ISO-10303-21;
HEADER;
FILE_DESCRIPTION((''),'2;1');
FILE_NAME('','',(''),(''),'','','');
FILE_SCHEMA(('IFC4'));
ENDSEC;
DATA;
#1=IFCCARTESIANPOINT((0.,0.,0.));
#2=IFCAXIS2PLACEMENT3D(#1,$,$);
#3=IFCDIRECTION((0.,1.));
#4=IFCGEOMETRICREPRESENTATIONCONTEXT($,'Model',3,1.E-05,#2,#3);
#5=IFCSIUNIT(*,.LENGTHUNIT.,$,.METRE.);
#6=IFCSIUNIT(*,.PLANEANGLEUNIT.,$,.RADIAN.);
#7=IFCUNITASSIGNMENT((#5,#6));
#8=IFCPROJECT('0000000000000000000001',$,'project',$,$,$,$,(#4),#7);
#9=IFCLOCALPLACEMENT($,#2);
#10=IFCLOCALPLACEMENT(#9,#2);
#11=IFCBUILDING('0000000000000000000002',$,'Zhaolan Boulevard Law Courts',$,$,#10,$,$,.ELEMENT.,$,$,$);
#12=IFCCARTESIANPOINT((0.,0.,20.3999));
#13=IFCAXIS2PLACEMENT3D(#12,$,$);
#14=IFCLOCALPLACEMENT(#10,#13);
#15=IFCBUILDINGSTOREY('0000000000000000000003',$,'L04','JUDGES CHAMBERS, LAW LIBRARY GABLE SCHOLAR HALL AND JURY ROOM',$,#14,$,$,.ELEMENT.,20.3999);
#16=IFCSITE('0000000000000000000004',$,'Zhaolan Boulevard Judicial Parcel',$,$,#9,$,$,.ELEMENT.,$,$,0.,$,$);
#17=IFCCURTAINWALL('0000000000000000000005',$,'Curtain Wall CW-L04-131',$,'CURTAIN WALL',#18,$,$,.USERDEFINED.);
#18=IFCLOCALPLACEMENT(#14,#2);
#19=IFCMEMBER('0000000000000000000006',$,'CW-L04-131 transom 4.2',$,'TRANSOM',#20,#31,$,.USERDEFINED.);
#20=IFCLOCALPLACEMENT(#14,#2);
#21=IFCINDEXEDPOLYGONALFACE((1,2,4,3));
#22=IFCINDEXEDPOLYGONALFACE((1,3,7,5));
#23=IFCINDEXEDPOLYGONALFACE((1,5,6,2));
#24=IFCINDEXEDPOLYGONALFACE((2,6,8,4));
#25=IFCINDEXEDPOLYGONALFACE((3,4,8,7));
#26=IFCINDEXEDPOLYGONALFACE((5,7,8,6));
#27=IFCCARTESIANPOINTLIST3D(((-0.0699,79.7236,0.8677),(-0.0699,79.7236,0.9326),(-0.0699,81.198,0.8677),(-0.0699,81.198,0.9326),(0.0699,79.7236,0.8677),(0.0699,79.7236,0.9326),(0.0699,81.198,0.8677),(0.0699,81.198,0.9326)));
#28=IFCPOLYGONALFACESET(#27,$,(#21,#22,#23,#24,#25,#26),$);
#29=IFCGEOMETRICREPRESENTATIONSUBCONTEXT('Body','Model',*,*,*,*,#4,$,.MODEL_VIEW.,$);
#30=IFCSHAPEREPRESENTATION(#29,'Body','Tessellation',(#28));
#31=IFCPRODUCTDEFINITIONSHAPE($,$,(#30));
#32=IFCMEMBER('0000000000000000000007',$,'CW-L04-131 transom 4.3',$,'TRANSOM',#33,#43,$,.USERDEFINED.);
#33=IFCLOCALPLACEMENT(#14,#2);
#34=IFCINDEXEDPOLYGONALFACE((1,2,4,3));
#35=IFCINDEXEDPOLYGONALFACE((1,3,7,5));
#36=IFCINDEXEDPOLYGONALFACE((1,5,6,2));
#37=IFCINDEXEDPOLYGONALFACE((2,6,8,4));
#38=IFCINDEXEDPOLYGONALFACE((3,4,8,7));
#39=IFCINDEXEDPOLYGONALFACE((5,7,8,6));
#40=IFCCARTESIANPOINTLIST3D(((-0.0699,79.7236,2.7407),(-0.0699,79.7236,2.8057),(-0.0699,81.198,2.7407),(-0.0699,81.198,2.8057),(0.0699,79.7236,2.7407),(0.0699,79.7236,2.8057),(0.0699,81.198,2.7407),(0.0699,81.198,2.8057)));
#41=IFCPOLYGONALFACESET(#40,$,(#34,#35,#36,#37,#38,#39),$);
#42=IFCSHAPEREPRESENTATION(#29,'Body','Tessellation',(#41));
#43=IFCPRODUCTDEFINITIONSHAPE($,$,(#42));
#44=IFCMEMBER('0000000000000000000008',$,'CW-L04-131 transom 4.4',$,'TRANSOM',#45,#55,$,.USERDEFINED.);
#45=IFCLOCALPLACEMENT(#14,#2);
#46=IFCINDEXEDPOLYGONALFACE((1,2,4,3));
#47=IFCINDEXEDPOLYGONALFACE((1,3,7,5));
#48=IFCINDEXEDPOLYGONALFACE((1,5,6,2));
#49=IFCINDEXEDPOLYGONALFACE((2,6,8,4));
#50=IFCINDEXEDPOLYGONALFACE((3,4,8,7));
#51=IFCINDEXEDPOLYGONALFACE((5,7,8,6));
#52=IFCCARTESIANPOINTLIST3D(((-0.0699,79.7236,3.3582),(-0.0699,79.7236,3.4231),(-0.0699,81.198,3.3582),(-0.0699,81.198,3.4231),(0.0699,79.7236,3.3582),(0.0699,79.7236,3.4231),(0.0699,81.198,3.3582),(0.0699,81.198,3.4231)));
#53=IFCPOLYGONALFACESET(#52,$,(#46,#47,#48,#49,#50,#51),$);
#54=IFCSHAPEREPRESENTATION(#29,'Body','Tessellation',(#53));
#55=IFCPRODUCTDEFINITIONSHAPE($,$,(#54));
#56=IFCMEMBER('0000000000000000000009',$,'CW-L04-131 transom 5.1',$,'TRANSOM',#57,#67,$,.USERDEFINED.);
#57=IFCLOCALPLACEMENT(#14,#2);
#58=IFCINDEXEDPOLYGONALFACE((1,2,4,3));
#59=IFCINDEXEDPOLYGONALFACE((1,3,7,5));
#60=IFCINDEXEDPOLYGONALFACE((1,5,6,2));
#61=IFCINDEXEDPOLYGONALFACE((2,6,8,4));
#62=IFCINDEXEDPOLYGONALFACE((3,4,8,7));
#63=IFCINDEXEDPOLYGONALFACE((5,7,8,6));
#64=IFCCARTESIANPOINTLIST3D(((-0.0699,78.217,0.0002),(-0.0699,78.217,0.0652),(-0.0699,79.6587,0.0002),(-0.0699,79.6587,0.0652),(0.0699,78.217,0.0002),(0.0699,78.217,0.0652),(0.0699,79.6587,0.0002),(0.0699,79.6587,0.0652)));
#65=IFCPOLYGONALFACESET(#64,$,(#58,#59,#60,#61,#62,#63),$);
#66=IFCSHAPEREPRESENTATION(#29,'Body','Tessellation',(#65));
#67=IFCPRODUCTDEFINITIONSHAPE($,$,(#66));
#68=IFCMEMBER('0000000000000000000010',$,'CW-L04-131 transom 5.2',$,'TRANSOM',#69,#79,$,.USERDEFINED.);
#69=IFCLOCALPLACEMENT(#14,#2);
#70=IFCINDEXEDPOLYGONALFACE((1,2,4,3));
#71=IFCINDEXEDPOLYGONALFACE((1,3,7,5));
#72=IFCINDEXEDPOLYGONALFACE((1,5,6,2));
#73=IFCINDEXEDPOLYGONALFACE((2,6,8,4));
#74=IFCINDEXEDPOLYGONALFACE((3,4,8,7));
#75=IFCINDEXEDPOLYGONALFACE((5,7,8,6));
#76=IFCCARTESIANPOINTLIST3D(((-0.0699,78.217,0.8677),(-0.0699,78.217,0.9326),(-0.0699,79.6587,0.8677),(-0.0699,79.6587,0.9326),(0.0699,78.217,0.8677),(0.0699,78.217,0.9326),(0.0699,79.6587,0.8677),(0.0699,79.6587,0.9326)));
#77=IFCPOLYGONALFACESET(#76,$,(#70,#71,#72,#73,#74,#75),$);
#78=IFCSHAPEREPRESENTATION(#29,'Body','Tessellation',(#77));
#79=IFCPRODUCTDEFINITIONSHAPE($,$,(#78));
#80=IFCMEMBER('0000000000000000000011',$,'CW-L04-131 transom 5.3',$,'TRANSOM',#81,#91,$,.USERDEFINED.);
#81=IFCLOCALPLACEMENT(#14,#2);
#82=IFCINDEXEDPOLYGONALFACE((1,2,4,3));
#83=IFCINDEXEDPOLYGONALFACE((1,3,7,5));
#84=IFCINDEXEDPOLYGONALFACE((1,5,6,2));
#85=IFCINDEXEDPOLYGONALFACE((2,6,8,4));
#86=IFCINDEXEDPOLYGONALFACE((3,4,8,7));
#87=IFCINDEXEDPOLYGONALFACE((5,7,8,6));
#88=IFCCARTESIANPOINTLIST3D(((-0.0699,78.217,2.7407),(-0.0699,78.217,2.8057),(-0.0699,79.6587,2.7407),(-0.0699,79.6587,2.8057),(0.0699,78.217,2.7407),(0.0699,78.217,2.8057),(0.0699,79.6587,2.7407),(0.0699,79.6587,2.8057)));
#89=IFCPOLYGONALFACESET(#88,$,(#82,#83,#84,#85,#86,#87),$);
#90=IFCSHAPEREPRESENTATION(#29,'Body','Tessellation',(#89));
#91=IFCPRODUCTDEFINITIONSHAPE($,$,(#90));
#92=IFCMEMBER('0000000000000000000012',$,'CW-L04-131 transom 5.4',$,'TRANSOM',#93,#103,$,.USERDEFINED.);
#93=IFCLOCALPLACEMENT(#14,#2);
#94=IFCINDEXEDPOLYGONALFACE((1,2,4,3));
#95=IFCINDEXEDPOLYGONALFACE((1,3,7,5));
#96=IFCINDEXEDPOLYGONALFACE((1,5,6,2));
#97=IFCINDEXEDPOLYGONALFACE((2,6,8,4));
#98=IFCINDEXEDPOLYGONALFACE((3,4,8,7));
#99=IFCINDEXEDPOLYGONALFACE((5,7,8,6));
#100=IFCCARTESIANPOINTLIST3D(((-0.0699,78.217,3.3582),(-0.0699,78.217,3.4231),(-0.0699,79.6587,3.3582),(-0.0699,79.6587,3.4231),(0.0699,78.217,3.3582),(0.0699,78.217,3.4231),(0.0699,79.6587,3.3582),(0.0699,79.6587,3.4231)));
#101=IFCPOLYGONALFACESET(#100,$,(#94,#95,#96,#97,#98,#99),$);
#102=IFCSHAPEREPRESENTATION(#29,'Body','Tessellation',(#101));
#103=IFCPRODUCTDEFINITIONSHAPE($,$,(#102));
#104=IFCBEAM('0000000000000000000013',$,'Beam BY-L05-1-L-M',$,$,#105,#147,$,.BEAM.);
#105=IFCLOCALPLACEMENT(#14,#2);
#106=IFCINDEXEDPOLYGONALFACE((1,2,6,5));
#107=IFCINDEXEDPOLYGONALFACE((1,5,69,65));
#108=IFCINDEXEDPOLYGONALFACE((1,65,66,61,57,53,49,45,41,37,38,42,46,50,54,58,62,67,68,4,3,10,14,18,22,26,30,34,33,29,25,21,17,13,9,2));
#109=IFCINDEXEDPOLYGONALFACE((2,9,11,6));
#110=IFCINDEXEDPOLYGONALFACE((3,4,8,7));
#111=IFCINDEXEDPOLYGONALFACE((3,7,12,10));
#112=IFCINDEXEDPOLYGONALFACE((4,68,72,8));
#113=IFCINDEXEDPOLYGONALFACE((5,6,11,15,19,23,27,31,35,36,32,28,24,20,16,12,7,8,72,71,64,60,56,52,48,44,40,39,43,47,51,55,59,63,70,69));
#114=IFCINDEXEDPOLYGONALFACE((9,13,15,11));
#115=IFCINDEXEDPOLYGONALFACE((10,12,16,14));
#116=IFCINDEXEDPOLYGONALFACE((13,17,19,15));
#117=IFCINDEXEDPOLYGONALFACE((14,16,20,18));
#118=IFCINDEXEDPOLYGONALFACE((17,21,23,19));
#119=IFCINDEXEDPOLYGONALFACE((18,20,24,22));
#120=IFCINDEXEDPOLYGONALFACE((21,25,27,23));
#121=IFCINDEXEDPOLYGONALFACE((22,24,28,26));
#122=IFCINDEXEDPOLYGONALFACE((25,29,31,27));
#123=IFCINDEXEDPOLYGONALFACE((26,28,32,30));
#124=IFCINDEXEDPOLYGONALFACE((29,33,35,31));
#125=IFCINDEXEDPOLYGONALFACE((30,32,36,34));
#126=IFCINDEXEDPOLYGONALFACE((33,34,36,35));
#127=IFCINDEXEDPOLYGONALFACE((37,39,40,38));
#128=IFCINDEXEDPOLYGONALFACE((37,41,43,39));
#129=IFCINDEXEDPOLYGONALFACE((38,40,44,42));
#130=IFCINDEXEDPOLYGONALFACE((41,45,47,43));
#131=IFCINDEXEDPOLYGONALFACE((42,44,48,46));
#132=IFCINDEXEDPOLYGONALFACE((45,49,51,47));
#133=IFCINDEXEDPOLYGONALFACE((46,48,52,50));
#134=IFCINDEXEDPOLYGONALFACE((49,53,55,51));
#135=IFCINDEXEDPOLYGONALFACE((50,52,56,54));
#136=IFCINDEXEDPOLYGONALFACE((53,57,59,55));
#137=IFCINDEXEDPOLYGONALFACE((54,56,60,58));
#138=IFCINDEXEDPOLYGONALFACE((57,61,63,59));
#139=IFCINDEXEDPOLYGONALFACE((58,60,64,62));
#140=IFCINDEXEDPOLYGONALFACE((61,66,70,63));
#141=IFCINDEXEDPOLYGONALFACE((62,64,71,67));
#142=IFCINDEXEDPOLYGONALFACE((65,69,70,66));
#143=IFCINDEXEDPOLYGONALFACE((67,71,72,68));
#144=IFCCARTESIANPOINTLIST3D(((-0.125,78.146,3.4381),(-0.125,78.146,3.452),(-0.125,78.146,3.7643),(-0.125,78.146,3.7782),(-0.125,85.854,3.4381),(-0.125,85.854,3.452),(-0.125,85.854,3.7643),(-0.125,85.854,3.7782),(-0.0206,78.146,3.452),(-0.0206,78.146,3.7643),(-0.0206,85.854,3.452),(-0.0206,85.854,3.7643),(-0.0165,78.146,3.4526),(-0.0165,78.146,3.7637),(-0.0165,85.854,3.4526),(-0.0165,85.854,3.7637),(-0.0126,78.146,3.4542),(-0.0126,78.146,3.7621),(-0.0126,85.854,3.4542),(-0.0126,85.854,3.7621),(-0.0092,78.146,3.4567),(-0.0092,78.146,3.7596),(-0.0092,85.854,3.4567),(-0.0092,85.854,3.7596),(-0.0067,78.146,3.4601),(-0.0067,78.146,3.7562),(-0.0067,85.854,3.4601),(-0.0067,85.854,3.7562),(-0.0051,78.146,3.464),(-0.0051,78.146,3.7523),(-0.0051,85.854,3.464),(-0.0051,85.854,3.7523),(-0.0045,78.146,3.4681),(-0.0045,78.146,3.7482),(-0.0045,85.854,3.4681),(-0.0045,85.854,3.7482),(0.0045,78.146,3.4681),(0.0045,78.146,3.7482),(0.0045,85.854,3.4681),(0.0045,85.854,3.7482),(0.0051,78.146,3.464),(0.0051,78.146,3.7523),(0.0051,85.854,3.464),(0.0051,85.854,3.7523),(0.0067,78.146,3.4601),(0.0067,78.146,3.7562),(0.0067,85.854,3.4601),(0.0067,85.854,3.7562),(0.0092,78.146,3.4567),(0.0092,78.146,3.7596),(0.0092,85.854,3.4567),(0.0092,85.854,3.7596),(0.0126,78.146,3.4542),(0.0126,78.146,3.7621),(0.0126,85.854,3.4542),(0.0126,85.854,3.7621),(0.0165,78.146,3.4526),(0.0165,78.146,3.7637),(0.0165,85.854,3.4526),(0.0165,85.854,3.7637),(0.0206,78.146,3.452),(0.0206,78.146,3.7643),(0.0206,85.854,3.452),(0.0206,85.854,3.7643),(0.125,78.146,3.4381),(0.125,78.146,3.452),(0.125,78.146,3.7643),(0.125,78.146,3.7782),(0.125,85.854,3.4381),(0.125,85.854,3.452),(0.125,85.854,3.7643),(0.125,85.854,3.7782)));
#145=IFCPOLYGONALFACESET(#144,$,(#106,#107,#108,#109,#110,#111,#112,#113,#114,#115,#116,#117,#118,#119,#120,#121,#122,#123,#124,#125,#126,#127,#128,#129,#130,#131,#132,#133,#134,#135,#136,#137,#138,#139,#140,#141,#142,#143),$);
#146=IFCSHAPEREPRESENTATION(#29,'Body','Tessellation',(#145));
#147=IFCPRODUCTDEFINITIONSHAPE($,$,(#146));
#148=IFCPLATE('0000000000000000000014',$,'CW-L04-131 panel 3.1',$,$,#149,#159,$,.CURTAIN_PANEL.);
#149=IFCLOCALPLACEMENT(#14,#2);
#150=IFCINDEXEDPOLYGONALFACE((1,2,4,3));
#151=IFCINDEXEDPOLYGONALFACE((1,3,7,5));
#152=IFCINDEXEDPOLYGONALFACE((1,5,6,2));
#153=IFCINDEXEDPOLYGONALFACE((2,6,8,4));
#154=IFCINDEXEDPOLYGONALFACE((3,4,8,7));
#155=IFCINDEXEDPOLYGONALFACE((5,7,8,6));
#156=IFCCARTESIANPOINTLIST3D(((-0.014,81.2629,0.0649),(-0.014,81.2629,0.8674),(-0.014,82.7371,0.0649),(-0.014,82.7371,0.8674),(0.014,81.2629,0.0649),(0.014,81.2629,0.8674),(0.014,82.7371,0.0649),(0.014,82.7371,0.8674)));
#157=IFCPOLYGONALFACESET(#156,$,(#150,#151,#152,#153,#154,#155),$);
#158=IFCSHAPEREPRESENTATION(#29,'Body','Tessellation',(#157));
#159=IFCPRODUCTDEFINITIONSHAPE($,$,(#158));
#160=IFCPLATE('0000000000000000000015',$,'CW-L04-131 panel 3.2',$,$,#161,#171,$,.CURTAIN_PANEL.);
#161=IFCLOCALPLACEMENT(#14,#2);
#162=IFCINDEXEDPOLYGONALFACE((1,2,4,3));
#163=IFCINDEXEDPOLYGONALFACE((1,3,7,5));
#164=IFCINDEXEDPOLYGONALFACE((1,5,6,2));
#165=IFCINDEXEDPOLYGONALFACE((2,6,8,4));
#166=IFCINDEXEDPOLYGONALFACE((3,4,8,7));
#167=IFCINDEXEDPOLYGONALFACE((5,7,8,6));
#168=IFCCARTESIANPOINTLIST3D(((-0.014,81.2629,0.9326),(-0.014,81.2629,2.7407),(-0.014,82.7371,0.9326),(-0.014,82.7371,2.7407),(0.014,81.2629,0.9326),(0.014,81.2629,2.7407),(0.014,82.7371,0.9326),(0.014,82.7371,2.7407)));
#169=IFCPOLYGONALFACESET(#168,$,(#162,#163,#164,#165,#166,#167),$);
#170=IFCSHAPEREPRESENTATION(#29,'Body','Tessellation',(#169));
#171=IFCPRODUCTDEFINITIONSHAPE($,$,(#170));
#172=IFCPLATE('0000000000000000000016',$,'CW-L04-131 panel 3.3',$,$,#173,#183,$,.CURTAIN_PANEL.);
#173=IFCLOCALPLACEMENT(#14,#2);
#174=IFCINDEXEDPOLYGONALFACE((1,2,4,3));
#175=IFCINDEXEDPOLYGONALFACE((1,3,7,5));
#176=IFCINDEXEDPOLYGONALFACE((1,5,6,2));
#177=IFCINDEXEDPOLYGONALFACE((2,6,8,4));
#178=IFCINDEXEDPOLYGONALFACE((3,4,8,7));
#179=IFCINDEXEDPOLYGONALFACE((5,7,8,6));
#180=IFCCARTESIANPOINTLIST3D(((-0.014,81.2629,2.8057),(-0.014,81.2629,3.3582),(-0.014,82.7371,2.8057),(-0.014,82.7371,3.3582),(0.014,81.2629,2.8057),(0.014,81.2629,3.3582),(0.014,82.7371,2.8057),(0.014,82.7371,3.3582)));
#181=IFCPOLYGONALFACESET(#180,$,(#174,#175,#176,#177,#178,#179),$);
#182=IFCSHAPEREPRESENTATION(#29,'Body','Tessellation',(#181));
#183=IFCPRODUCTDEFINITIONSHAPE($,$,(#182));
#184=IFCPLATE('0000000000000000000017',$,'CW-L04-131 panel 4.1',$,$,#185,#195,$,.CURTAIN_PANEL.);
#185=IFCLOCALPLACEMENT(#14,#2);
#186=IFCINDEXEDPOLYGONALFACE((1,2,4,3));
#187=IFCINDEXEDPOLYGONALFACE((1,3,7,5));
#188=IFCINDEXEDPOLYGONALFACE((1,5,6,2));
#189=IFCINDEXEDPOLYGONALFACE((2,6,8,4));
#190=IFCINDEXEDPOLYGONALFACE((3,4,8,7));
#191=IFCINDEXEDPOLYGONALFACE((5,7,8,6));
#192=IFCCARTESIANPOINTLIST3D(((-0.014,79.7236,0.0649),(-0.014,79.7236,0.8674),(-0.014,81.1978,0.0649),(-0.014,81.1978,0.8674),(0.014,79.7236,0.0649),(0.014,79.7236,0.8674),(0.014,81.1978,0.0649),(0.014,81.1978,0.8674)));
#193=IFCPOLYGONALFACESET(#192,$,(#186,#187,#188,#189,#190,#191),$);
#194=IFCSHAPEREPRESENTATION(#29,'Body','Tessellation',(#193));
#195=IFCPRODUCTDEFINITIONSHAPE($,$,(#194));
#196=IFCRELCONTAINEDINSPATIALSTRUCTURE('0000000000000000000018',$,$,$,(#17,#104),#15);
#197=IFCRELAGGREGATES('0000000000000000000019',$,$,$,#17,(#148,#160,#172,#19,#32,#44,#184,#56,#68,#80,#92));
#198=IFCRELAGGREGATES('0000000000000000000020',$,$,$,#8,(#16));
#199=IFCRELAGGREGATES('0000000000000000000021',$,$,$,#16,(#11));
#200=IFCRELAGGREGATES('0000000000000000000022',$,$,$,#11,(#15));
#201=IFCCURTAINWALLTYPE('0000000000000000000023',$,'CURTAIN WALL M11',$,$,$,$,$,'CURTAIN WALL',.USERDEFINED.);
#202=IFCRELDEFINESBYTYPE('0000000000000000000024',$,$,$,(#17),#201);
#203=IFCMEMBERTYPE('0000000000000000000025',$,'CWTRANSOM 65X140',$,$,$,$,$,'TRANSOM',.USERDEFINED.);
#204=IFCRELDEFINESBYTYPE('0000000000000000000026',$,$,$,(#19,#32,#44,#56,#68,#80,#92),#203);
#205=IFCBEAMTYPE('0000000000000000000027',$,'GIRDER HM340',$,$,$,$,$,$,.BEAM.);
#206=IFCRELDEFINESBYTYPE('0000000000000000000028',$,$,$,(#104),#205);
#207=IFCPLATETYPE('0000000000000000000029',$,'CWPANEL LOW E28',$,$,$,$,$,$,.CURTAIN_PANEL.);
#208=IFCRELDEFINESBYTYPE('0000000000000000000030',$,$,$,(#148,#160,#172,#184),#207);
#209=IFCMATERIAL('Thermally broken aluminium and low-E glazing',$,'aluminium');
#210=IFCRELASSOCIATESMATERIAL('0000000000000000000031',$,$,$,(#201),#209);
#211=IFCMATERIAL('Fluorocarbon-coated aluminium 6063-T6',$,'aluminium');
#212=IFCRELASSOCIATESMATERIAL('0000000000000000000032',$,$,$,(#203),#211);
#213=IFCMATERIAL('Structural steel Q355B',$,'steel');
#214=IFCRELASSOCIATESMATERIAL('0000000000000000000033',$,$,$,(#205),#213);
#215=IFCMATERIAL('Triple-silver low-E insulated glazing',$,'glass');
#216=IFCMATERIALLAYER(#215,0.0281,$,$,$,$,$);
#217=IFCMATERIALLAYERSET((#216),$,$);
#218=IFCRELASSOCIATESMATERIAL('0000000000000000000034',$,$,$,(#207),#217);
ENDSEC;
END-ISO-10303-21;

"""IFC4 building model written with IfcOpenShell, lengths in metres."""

from ifc_helpers import new_model, si_unit, direction, frame, origin, origin_2d, place, context, subcontext, project, spatial, rectangle, i_section, extrude, material, layer, layer_set, material_profile, profile_set, type_object, element, aggregate, save


model = new_model("IFC4")

# Units and contexts
model_context = context("Model", 3, precision=1e-05, world=origin(), true_north=direction((0.0, 1.0)))
body_context = subcontext(model_context, "Body", "Model", "MODEL_VIEW")
ifc_project = project(units=[si_unit("LENGTHUNIT", "METRE"), si_unit("PLANEANGLEUNIT", "RADIAN")], contexts=[model_context])

# Site, building, storey
site_placement = place(None, origin())
site = spatial("IfcSite", under=ifc_project, at=site_placement, Name="Zhaolan Boulevard Judicial Parcel", CompositionType="ELEMENT", RefElevation=0.0)
building_placement = place(site_placement, origin())
building = spatial("IfcBuilding", under=site, at=building_placement, Name="Zhaolan Boulevard Law Courts", CompositionType="ELEMENT")
storey_placement = place(building_placement, frame((0.0, 0.0, 20.3999)))
storey = spatial("IfcBuildingStorey", under=building, at=storey_placement, Name="L04", Description="JUDGES CHAMBERS, LAW LIBRARY GABLE SCHOLAR HALL AND JURY ROOM", CompositionType="ELEMENT", Elevation=20.3999)

# Curtain wall
ifc_material_1 = material(Name="Thermally broken aluminium and low-E glazing", Category="aluminium")
curtain_wall_type_1 = type_object("IfcCurtainWallType", Name="CURTAIN WALL M11", ElementType="CURTAIN WALL", PredefinedType="USERDEFINED", material=ifc_material_1)
curtain_wall_1_placement = place(storey_placement, origin())
curtain_wall_1 = element("IfcCurtainWall", 1, at=curtain_wall_1_placement, inside=storey, type_object=curtain_wall_type_1, Name="Curtain Wall CW-L04-131", ObjectType="CURTAIN WALL", PredefinedType="USERDEFINED")

# Members
ifc_material_2 = material(Name="Fluorocarbon-coated aluminium 6063-T6", Category="aluminium")
ifc_material_profile_1 = material_profile(ifc_material_2, rectangle(XDim=0.1399, YDim=0.0649, at=origin_2d()), Name="AL65x140")
ifc_profile_set_1 = profile_set([ifc_material_profile_1], Name="Fluorocarbon-coated aluminium 6063-T6")
member_type_1 = type_object("IfcMemberType", Name="CWTRANSOM 65X140", ElementType="TRANSOM", PredefinedType="USERDEFINED", material=ifc_profile_set_1)
member_1_placement = place(storey_placement, frame((0.0, 81.198, 0.9001), z_axis=(0.0, -1.0, 0.0), x_axis=(1.0, 0.0, 0.0)))
member_1 = element("IfcMember", 2, at=member_1_placement, type_object=member_type_1, Name="CW-L04-131 transom 4.2", ObjectType="TRANSOM", PredefinedType="USERDEFINED", context=body_context, shape_type="SweptSolid", body=[
    extrude(rectangle(XDim=0.1399, YDim=0.0649, at=origin_2d()), origin(), (0.0, 0.0, 1.0), 1.4744),
])
member_2_placement = place(storey_placement, frame((0.0, 81.198, 2.7732), z_axis=(0.0, -1.0, 0.0), x_axis=(1.0, 0.0, 0.0)))
member_2 = element("IfcMember", 3, at=member_2_placement, type_object=member_type_1, Name="CW-L04-131 transom 4.3", ObjectType="TRANSOM", PredefinedType="USERDEFINED", context=body_context, shape_type="SweptSolid", body=[
    extrude(rectangle(XDim=0.1399, YDim=0.0649, at=origin_2d()), origin(), (0.0, 0.0, 1.0), 1.4744),
])
member_3_placement = place(storey_placement, frame((0.0, 81.198, 3.3906), z_axis=(0.0, -1.0, 0.0), x_axis=(1.0, 0.0, 0.0)))
member_3 = element("IfcMember", 4, at=member_3_placement, type_object=member_type_1, Name="CW-L04-131 transom 4.4", ObjectType="TRANSOM", PredefinedType="USERDEFINED", context=body_context, shape_type="SweptSolid", body=[
    extrude(rectangle(XDim=0.1399, YDim=0.0649, at=origin_2d()), origin(), (0.0, 0.0, 1.0), 1.4744),
])
member_4_placement = place(storey_placement, frame((0.0, 79.6587, 0.0327), z_axis=(0.0, -1.0, 0.0), x_axis=(1.0, 0.0, 0.0)))
member_4 = element("IfcMember", 5, at=member_4_placement, type_object=member_type_1, Name="CW-L04-131 transom 5.1", ObjectType="TRANSOM", PredefinedType="USERDEFINED", context=body_context, shape_type="SweptSolid", body=[
    extrude(rectangle(XDim=0.1399, YDim=0.0649, at=origin_2d()), origin(), (0.0, 0.0, 1.0), 1.4417),
])
member_5_placement = place(storey_placement, frame((0.0, 79.6587, 0.9001), z_axis=(0.0, -1.0, 0.0), x_axis=(1.0, 0.0, 0.0)))
member_5 = element("IfcMember", 6, at=member_5_placement, type_object=member_type_1, Name="CW-L04-131 transom 5.2", ObjectType="TRANSOM", PredefinedType="USERDEFINED", context=body_context, shape_type="SweptSolid", body=[
    extrude(rectangle(XDim=0.1399, YDim=0.0649, at=origin_2d()), origin(), (0.0, 0.0, 1.0), 1.4417),
])
member_6_placement = place(storey_placement, frame((0.0, 79.6587, 2.7732), z_axis=(0.0, -1.0, 0.0), x_axis=(1.0, 0.0, 0.0)))
member_6 = element("IfcMember", 7, at=member_6_placement, type_object=member_type_1, Name="CW-L04-131 transom 5.3", ObjectType="TRANSOM", PredefinedType="USERDEFINED", context=body_context, shape_type="SweptSolid", body=[
    extrude(rectangle(XDim=0.1399, YDim=0.0649, at=origin_2d()), origin(), (0.0, 0.0, 1.0), 1.4417),
])
member_7_placement = place(storey_placement, frame((0.0, 79.6587, 3.3906), z_axis=(0.0, -1.0, 0.0), x_axis=(1.0, 0.0, 0.0)))
member_7 = element("IfcMember", 8, at=member_7_placement, type_object=member_type_1, Name="CW-L04-131 transom 5.4", ObjectType="TRANSOM", PredefinedType="USERDEFINED", context=body_context, shape_type="SweptSolid", body=[
    extrude(rectangle(XDim=0.1399, YDim=0.0649, at=origin_2d()), origin(), (0.0, 0.0, 1.0), 1.4417),
])

# Beam
ifc_material_3 = material(Name="Structural steel Q355B", Category="steel")
ifc_material_profile_2 = material_profile(ifc_material_3, i_section(OverallWidth=0.25, OverallDepth=0.3401, WebThickness=0.009, FlangeThickness=0.0139, FilletRadius=0.0161, at=origin_2d()), Name="HM340x250")
ifc_profile_set_2 = profile_set([ifc_material_profile_2], Name="Structural steel Q355B")
beam_type = type_object("IfcBeamType", Name="GIRDER HM340", PredefinedType="BEAM", material=ifc_profile_set_2)
beam_placement = place(storey_placement, frame((0.0, 78.146, 3.6082), z_axis=(0.0, 1.0, 0.0), x_axis=(-1.0, 0.0, 0.0)))
element("IfcBeam", 9, at=beam_placement, inside=storey, type_object=beam_type, Name="Beam BY-L05-1-L-M", PredefinedType="BEAM", context=body_context, shape_type="SweptSolid", body=[
    extrude(i_section(OverallWidth=0.25, OverallDepth=0.3401, WebThickness=0.009, FlangeThickness=0.0139, FilletRadius=0.0161, at=origin_2d()), origin(), (0.0, 0.0, 1.0), 7.708),
])

# Plates
ifc_material_4 = material(Name="Triple-silver low-E insulated glazing", Category="glass")
ifc_layer_1 = layer(ifc_material_4, 0.0281)
ifc_layer_set_1 = layer_set([ifc_layer_1])
plate_type = type_object("IfcPlateType", Name="CWPANEL LOW E28", PredefinedType="CURTAIN_PANEL", material=ifc_layer_set_1)
plate_1_placement = place(storey_placement, frame((0.0, 82.0, 0.0649), z_axis=(0.0, 0.0, 1.0), x_axis=(0.0, -1.0, 0.0)))
plate_1 = element("IfcPlate", 10, at=plate_1_placement, type_object=plate_type, Name="CW-L04-131 panel 3.1", PredefinedType="CURTAIN_PANEL", context=body_context, shape_type="SweptSolid", body=[
    extrude(rectangle(XDim=1.4741, YDim=0.0281, at=origin_2d()), origin(), (0.0, 0.0, 1.0), 0.8025),
])
plate_2_placement = place(storey_placement, frame((0.0, 82.0, 0.9326), z_axis=(0.0, 0.0, 1.0), x_axis=(0.0, -1.0, 0.0)))
plate_2 = element("IfcPlate", 11, at=plate_2_placement, type_object=plate_type, Name="CW-L04-131 panel 3.2", PredefinedType="CURTAIN_PANEL", context=body_context, shape_type="SweptSolid", body=[
    extrude(rectangle(XDim=1.4741, YDim=0.0281, at=origin_2d()), origin(), (0.0, 0.0, 1.0), 1.8081),
])
plate_3_placement = place(storey_placement, frame((0.0, 82.0, 2.8057), z_axis=(0.0, 0.0, 1.0), x_axis=(0.0, -1.0, 0.0)))
plate_3 = element("IfcPlate", 12, at=plate_3_placement, type_object=plate_type, Name="CW-L04-131 panel 3.3", PredefinedType="CURTAIN_PANEL", context=body_context, shape_type="SweptSolid", body=[
    extrude(rectangle(XDim=1.4741, YDim=0.0281, at=origin_2d()), origin(), (0.0, 0.0, 1.0), 0.5525),
])
plate_4_placement = place(storey_placement, frame((0.0, 80.4607, 0.0649), z_axis=(0.0, 0.0, 1.0), x_axis=(0.0, -1.0, 0.0)))
plate_4 = element("IfcPlate", 13, at=plate_4_placement, type_object=plate_type, Name="CW-L04-131 panel 4.1", PredefinedType="CURTAIN_PANEL", context=body_context, shape_type="SweptSolid", body=[
    extrude(rectangle(XDim=1.4741, YDim=0.0281, at=origin_2d()), origin(), (0.0, 0.0, 1.0), 0.8025),
])
aggregate(curtain_wall_1, [plate_1, plate_2, plate_3, member_1, member_2, member_3, plate_4, member_4, member_5, member_6, member_7])

save(model, "model.ifc")
